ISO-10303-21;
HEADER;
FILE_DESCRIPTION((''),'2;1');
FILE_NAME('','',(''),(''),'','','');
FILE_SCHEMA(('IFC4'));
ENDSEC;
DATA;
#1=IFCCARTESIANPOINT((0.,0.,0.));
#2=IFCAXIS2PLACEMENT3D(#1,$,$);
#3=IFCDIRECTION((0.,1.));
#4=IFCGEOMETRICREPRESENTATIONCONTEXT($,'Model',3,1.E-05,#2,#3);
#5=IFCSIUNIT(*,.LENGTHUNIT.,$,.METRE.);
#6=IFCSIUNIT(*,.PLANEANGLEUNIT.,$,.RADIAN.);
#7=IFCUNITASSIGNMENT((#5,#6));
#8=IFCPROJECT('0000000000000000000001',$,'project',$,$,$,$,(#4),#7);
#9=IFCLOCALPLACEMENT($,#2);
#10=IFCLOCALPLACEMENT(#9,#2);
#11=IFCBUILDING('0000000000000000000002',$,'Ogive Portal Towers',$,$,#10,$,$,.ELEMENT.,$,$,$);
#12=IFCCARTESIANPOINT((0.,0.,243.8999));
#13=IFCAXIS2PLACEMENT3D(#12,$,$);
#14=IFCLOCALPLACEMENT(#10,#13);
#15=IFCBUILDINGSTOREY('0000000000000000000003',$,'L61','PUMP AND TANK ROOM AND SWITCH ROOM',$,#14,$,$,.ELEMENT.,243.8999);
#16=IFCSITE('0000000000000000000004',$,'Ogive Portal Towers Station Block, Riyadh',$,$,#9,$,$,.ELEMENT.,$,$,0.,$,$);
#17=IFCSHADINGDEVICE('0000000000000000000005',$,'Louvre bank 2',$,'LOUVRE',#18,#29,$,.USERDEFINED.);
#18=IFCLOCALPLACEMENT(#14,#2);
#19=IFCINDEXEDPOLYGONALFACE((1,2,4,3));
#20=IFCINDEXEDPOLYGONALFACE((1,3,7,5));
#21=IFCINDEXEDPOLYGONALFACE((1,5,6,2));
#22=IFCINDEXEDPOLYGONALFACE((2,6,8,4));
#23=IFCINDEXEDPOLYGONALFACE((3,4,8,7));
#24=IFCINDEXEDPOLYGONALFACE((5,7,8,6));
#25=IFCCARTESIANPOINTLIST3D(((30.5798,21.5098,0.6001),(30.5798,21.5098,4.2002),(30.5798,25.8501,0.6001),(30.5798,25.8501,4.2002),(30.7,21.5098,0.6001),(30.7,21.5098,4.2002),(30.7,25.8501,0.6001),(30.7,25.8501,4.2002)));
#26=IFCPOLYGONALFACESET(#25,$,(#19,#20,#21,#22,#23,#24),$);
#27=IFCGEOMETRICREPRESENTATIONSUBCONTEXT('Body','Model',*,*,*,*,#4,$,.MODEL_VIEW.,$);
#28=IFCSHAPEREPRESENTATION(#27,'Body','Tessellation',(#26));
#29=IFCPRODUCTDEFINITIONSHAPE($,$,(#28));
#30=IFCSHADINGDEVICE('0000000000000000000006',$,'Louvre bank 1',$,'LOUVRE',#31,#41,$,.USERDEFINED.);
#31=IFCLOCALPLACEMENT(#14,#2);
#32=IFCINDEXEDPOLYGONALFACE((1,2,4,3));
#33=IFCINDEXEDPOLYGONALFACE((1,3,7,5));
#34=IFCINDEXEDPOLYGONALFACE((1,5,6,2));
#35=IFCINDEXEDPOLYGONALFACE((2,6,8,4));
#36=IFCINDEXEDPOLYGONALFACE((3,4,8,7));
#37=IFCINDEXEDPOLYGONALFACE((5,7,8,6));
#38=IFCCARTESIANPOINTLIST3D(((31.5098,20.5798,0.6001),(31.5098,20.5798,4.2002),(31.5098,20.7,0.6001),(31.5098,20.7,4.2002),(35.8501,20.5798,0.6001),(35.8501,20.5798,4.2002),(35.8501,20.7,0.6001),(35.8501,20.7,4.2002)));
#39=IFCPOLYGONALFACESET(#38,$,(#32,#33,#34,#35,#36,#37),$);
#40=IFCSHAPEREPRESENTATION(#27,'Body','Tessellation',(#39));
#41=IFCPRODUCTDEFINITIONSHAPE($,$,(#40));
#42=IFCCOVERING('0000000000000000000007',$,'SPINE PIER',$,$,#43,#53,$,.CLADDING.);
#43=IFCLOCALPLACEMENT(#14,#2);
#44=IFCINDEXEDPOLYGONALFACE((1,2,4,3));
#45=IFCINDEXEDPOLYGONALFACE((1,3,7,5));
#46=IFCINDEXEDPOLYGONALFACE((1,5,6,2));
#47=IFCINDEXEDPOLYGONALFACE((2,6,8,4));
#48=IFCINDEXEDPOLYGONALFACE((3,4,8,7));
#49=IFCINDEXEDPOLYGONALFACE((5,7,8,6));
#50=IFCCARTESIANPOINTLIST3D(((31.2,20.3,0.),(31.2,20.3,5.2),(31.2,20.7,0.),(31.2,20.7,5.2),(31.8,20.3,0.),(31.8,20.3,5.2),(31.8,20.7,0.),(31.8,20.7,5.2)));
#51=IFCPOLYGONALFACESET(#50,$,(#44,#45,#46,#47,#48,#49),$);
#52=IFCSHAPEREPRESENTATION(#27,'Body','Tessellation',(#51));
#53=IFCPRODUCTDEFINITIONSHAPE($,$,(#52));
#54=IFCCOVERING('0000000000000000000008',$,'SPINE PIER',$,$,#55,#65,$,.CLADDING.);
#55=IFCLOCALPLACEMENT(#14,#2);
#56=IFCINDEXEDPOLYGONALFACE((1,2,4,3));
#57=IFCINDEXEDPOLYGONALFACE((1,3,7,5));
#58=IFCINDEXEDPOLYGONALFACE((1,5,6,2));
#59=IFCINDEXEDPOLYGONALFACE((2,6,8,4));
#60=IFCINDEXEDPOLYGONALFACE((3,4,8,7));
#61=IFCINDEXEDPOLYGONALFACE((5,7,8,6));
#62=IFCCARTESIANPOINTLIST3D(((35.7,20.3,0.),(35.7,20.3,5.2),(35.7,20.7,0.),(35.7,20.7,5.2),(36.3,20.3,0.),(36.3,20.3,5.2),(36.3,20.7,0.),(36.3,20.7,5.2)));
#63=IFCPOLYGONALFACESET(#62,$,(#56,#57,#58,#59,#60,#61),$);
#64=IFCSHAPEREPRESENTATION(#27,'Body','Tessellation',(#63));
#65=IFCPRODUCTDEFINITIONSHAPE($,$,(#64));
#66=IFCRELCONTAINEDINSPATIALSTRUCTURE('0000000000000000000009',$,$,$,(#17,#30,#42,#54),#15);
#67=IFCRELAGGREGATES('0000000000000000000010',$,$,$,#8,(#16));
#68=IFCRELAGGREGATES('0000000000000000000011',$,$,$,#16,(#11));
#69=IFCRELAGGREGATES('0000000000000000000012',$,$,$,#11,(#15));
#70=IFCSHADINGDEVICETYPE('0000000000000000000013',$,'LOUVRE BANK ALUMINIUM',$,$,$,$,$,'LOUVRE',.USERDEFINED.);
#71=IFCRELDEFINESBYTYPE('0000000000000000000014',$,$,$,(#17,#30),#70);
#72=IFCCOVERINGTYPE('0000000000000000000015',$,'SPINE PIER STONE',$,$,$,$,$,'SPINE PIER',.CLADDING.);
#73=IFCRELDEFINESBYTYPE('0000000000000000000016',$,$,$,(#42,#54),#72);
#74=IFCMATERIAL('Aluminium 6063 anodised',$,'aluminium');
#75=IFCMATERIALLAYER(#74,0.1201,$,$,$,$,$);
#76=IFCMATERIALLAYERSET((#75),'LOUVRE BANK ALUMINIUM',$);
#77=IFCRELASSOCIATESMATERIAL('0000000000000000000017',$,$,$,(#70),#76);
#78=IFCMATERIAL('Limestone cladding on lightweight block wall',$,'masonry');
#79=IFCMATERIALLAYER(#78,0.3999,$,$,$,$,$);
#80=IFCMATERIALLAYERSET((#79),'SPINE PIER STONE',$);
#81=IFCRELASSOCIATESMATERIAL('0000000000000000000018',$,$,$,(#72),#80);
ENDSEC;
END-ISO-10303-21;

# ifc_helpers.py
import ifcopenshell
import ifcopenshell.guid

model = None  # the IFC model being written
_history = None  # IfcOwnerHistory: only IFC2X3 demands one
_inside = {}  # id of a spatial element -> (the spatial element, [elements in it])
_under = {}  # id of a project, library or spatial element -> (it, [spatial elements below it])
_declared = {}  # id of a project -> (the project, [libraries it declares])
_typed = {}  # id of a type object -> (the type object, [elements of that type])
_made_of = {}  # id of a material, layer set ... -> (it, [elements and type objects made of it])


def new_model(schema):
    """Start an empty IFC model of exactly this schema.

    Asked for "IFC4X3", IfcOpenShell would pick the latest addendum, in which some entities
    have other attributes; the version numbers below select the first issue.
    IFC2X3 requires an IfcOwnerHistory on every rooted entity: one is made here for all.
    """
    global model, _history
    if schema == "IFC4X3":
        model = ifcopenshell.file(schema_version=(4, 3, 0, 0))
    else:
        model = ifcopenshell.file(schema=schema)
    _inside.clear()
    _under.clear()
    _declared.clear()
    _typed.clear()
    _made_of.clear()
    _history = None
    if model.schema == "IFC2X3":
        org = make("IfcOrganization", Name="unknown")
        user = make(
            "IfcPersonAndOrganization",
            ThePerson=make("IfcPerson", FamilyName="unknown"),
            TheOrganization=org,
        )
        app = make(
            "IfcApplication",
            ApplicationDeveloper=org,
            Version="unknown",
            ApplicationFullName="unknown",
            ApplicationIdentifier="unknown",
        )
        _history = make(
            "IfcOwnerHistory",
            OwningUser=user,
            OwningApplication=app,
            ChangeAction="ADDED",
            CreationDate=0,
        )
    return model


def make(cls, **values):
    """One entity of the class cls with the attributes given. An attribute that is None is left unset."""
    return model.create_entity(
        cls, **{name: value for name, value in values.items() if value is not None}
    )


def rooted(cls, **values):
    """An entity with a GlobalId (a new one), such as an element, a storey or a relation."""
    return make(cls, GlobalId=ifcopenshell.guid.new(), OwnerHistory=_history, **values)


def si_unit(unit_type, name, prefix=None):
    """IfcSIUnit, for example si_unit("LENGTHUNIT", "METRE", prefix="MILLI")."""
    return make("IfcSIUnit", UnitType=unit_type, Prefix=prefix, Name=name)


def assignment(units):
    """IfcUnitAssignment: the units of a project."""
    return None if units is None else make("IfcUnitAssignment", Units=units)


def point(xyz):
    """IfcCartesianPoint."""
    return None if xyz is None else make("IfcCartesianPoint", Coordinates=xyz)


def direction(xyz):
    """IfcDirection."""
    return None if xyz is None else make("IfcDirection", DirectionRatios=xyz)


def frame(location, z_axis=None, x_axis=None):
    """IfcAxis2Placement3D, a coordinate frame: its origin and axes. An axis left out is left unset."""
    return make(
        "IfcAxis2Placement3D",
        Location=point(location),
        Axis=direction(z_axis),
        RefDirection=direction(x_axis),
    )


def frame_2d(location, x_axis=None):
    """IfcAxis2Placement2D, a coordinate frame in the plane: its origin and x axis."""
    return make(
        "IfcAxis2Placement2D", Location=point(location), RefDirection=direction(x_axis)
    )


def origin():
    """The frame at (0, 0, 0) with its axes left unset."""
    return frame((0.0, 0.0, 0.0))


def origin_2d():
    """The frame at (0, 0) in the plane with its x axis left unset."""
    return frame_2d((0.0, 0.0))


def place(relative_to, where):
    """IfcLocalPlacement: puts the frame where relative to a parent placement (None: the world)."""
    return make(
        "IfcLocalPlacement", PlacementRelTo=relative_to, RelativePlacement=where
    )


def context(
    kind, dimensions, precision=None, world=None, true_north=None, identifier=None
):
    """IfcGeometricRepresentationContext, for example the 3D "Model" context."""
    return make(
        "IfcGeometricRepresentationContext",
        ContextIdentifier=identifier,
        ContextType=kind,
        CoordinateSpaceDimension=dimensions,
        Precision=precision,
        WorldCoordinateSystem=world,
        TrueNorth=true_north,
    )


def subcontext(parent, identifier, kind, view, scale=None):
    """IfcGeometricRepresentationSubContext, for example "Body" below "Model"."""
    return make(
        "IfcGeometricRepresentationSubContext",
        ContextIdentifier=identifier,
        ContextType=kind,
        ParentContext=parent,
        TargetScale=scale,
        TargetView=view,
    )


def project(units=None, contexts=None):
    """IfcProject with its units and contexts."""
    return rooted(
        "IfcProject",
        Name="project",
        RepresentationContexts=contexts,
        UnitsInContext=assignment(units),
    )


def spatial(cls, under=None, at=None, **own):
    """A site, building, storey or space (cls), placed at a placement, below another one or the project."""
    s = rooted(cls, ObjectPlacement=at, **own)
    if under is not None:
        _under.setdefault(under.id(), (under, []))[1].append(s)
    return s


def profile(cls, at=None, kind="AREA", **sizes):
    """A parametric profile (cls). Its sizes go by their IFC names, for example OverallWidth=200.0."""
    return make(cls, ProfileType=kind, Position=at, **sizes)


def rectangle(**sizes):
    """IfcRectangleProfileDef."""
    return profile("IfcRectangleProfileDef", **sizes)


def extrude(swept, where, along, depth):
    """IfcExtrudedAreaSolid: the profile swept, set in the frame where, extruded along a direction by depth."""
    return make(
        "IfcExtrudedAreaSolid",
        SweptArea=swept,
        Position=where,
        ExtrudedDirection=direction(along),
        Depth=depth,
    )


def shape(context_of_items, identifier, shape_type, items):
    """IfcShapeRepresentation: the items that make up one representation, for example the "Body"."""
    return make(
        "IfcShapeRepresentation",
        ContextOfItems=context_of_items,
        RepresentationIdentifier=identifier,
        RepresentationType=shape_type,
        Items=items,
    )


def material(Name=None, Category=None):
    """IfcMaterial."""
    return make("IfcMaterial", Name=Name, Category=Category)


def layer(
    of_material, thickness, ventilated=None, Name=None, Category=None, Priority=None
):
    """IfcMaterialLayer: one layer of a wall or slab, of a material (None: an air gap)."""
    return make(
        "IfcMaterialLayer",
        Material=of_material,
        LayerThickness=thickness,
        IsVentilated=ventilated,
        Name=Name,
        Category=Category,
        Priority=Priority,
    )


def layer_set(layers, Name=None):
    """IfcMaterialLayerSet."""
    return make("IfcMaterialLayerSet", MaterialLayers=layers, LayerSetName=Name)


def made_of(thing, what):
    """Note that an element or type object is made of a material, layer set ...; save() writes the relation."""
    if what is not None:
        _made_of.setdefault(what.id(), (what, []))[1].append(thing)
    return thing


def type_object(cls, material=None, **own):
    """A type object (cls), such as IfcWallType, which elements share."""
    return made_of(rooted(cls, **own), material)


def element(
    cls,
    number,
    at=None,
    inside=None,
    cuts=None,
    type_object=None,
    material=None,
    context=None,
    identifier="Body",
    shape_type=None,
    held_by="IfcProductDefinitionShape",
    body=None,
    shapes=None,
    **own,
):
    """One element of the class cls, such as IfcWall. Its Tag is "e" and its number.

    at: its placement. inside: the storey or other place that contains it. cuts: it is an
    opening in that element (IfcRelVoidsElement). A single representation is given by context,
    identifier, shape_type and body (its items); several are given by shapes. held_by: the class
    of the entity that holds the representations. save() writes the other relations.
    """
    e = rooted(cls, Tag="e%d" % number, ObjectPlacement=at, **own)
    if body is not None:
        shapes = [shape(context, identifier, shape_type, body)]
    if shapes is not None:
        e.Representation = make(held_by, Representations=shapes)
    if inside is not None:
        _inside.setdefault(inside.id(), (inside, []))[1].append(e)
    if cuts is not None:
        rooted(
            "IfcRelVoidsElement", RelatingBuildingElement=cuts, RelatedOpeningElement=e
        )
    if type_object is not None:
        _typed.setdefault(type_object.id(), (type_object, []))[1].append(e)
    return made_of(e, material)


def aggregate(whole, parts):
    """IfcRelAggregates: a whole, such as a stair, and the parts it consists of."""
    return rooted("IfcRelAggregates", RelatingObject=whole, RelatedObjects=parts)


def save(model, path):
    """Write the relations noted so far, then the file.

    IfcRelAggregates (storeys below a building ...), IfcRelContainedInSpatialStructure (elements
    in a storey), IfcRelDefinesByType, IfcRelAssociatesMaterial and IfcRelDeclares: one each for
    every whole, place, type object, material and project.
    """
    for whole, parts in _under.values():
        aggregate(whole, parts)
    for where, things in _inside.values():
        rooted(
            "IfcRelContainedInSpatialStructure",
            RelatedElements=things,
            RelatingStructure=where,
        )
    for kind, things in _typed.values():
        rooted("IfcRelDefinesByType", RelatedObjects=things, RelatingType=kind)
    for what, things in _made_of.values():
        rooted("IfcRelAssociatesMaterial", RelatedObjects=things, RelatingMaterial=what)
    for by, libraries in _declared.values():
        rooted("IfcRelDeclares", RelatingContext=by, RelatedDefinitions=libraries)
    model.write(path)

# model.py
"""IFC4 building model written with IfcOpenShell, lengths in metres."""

from ifc_helpers import new_model, si_unit, direction, frame, origin, origin_2d, place, context, subcontext, project, spatial, rectangle, extrude, material, layer, layer_set, type_object, element, save


model = new_model("IFC4")

# Units and contexts
model_context = context("Model", 3, precision=1e-05, world=origin(), true_north=direction((0.0, 1.0)))
body_context = subcontext(model_context, "Body", "Model", "MODEL_VIEW")
ifc_project = project(units=[si_unit("LENGTHUNIT", "METRE"), si_unit("PLANEANGLEUNIT", "RADIAN")], contexts=[model_context])

# Site, building, storey
site_placement = place(None, origin())
site = spatial("IfcSite", under=ifc_project, at=site_placement, Name="Ogive Portal Towers Station Block, Riyadh", CompositionType="ELEMENT", RefElevation=0.0)
building_placement = place(site_placement, origin())
building = spatial("IfcBuilding", under=site, at=building_placement, Name="Ogive Portal Towers", CompositionType="ELEMENT")
storey_placement = place(building_placement, frame((0.0, 0.0, 243.8999)))
storey = spatial("IfcBuildingStorey", under=building, at=storey_placement, Name="L61", Description="PUMP AND TANK ROOM AND SWITCH ROOM", CompositionType="ELEMENT", Elevation=243.8999)

# Shared definitions
ifc_material_1 = material(Name="Limestone cladding on lightweight block wall", Category="masonry")

# Shading devices
ifc_material_2 = material(Name="Aluminium 6063 anodised", Category="aluminium")
ifc_layer_1 = layer(ifc_material_2, 0.1201)
ifc_layer_set_1 = layer_set([ifc_layer_1], Name="LOUVRE BANK ALUMINIUM")
shading_device_type = type_object("IfcShadingDeviceType", Name="LOUVRE BANK ALUMINIUM", ElementType="LOUVRE", PredefinedType="USERDEFINED", material=ifc_layer_set_1)
for number, where, z_axis, x_axis, name in (
    (1, (30.6399, 23.6799, 0.6001), (0.0, 0.0, 1.0), (0.0, -1.0, 0.0), "Louvre bank 2"),
    (2, (33.6799, 20.6399, 0.6001), (0.0, 0.0, 1.0), (1.0, 0.0, 0.0), "Louvre bank 1"),
):
    element("IfcShadingDevice", number, at=place(storey_placement, frame(where, z_axis=z_axis, x_axis=x_axis)), inside=storey, type_object=shading_device_type, Name=name, ObjectType="LOUVRE", PredefinedType="USERDEFINED", context=body_context, shape_type="SweptSolid", body=[
        extrude(rectangle(XDim=4.3403, YDim=0.1201, at=origin_2d()), origin(), (0.0, 0.0, 1.0), 3.6001),
    ])

# Coverings
ifc_layer_2 = layer(ifc_material_1, 0.3999)
ifc_layer_set_2 = layer_set([ifc_layer_2], Name="SPINE PIER STONE")
covering_type = type_object("IfcCoveringType", Name="SPINE PIER STONE", ElementType="SPINE PIER", PredefinedType="CLADDING", material=ifc_layer_set_2)
for number, where, z_axis, x_axis, name in (
    (3, (31.5, 20.5, 0.0), (0.0, 0.0, 1.0), (1.0, 0.0, 0.0), "SPINE PIER"),
    (4, (36.0, 20.5, 0.0), (0.0, 0.0, 1.0), (1.0, 0.0, 0.0), "SPINE PIER"),
):
    element("IfcCovering", number, at=place(storey_placement, frame(where, z_axis=z_axis, x_axis=x_axis)), inside=storey, type_object=covering_type, Name=name, PredefinedType="CLADDING", context=body_context, shape_type="SweptSolid", body=[
        extrude(rectangle(XDim=0.6001, YDim=0.3999, at=origin_2d()), origin(), (0.0, 0.0, 1.0), 5.2),
    ])

save(model, "model.ifc")
